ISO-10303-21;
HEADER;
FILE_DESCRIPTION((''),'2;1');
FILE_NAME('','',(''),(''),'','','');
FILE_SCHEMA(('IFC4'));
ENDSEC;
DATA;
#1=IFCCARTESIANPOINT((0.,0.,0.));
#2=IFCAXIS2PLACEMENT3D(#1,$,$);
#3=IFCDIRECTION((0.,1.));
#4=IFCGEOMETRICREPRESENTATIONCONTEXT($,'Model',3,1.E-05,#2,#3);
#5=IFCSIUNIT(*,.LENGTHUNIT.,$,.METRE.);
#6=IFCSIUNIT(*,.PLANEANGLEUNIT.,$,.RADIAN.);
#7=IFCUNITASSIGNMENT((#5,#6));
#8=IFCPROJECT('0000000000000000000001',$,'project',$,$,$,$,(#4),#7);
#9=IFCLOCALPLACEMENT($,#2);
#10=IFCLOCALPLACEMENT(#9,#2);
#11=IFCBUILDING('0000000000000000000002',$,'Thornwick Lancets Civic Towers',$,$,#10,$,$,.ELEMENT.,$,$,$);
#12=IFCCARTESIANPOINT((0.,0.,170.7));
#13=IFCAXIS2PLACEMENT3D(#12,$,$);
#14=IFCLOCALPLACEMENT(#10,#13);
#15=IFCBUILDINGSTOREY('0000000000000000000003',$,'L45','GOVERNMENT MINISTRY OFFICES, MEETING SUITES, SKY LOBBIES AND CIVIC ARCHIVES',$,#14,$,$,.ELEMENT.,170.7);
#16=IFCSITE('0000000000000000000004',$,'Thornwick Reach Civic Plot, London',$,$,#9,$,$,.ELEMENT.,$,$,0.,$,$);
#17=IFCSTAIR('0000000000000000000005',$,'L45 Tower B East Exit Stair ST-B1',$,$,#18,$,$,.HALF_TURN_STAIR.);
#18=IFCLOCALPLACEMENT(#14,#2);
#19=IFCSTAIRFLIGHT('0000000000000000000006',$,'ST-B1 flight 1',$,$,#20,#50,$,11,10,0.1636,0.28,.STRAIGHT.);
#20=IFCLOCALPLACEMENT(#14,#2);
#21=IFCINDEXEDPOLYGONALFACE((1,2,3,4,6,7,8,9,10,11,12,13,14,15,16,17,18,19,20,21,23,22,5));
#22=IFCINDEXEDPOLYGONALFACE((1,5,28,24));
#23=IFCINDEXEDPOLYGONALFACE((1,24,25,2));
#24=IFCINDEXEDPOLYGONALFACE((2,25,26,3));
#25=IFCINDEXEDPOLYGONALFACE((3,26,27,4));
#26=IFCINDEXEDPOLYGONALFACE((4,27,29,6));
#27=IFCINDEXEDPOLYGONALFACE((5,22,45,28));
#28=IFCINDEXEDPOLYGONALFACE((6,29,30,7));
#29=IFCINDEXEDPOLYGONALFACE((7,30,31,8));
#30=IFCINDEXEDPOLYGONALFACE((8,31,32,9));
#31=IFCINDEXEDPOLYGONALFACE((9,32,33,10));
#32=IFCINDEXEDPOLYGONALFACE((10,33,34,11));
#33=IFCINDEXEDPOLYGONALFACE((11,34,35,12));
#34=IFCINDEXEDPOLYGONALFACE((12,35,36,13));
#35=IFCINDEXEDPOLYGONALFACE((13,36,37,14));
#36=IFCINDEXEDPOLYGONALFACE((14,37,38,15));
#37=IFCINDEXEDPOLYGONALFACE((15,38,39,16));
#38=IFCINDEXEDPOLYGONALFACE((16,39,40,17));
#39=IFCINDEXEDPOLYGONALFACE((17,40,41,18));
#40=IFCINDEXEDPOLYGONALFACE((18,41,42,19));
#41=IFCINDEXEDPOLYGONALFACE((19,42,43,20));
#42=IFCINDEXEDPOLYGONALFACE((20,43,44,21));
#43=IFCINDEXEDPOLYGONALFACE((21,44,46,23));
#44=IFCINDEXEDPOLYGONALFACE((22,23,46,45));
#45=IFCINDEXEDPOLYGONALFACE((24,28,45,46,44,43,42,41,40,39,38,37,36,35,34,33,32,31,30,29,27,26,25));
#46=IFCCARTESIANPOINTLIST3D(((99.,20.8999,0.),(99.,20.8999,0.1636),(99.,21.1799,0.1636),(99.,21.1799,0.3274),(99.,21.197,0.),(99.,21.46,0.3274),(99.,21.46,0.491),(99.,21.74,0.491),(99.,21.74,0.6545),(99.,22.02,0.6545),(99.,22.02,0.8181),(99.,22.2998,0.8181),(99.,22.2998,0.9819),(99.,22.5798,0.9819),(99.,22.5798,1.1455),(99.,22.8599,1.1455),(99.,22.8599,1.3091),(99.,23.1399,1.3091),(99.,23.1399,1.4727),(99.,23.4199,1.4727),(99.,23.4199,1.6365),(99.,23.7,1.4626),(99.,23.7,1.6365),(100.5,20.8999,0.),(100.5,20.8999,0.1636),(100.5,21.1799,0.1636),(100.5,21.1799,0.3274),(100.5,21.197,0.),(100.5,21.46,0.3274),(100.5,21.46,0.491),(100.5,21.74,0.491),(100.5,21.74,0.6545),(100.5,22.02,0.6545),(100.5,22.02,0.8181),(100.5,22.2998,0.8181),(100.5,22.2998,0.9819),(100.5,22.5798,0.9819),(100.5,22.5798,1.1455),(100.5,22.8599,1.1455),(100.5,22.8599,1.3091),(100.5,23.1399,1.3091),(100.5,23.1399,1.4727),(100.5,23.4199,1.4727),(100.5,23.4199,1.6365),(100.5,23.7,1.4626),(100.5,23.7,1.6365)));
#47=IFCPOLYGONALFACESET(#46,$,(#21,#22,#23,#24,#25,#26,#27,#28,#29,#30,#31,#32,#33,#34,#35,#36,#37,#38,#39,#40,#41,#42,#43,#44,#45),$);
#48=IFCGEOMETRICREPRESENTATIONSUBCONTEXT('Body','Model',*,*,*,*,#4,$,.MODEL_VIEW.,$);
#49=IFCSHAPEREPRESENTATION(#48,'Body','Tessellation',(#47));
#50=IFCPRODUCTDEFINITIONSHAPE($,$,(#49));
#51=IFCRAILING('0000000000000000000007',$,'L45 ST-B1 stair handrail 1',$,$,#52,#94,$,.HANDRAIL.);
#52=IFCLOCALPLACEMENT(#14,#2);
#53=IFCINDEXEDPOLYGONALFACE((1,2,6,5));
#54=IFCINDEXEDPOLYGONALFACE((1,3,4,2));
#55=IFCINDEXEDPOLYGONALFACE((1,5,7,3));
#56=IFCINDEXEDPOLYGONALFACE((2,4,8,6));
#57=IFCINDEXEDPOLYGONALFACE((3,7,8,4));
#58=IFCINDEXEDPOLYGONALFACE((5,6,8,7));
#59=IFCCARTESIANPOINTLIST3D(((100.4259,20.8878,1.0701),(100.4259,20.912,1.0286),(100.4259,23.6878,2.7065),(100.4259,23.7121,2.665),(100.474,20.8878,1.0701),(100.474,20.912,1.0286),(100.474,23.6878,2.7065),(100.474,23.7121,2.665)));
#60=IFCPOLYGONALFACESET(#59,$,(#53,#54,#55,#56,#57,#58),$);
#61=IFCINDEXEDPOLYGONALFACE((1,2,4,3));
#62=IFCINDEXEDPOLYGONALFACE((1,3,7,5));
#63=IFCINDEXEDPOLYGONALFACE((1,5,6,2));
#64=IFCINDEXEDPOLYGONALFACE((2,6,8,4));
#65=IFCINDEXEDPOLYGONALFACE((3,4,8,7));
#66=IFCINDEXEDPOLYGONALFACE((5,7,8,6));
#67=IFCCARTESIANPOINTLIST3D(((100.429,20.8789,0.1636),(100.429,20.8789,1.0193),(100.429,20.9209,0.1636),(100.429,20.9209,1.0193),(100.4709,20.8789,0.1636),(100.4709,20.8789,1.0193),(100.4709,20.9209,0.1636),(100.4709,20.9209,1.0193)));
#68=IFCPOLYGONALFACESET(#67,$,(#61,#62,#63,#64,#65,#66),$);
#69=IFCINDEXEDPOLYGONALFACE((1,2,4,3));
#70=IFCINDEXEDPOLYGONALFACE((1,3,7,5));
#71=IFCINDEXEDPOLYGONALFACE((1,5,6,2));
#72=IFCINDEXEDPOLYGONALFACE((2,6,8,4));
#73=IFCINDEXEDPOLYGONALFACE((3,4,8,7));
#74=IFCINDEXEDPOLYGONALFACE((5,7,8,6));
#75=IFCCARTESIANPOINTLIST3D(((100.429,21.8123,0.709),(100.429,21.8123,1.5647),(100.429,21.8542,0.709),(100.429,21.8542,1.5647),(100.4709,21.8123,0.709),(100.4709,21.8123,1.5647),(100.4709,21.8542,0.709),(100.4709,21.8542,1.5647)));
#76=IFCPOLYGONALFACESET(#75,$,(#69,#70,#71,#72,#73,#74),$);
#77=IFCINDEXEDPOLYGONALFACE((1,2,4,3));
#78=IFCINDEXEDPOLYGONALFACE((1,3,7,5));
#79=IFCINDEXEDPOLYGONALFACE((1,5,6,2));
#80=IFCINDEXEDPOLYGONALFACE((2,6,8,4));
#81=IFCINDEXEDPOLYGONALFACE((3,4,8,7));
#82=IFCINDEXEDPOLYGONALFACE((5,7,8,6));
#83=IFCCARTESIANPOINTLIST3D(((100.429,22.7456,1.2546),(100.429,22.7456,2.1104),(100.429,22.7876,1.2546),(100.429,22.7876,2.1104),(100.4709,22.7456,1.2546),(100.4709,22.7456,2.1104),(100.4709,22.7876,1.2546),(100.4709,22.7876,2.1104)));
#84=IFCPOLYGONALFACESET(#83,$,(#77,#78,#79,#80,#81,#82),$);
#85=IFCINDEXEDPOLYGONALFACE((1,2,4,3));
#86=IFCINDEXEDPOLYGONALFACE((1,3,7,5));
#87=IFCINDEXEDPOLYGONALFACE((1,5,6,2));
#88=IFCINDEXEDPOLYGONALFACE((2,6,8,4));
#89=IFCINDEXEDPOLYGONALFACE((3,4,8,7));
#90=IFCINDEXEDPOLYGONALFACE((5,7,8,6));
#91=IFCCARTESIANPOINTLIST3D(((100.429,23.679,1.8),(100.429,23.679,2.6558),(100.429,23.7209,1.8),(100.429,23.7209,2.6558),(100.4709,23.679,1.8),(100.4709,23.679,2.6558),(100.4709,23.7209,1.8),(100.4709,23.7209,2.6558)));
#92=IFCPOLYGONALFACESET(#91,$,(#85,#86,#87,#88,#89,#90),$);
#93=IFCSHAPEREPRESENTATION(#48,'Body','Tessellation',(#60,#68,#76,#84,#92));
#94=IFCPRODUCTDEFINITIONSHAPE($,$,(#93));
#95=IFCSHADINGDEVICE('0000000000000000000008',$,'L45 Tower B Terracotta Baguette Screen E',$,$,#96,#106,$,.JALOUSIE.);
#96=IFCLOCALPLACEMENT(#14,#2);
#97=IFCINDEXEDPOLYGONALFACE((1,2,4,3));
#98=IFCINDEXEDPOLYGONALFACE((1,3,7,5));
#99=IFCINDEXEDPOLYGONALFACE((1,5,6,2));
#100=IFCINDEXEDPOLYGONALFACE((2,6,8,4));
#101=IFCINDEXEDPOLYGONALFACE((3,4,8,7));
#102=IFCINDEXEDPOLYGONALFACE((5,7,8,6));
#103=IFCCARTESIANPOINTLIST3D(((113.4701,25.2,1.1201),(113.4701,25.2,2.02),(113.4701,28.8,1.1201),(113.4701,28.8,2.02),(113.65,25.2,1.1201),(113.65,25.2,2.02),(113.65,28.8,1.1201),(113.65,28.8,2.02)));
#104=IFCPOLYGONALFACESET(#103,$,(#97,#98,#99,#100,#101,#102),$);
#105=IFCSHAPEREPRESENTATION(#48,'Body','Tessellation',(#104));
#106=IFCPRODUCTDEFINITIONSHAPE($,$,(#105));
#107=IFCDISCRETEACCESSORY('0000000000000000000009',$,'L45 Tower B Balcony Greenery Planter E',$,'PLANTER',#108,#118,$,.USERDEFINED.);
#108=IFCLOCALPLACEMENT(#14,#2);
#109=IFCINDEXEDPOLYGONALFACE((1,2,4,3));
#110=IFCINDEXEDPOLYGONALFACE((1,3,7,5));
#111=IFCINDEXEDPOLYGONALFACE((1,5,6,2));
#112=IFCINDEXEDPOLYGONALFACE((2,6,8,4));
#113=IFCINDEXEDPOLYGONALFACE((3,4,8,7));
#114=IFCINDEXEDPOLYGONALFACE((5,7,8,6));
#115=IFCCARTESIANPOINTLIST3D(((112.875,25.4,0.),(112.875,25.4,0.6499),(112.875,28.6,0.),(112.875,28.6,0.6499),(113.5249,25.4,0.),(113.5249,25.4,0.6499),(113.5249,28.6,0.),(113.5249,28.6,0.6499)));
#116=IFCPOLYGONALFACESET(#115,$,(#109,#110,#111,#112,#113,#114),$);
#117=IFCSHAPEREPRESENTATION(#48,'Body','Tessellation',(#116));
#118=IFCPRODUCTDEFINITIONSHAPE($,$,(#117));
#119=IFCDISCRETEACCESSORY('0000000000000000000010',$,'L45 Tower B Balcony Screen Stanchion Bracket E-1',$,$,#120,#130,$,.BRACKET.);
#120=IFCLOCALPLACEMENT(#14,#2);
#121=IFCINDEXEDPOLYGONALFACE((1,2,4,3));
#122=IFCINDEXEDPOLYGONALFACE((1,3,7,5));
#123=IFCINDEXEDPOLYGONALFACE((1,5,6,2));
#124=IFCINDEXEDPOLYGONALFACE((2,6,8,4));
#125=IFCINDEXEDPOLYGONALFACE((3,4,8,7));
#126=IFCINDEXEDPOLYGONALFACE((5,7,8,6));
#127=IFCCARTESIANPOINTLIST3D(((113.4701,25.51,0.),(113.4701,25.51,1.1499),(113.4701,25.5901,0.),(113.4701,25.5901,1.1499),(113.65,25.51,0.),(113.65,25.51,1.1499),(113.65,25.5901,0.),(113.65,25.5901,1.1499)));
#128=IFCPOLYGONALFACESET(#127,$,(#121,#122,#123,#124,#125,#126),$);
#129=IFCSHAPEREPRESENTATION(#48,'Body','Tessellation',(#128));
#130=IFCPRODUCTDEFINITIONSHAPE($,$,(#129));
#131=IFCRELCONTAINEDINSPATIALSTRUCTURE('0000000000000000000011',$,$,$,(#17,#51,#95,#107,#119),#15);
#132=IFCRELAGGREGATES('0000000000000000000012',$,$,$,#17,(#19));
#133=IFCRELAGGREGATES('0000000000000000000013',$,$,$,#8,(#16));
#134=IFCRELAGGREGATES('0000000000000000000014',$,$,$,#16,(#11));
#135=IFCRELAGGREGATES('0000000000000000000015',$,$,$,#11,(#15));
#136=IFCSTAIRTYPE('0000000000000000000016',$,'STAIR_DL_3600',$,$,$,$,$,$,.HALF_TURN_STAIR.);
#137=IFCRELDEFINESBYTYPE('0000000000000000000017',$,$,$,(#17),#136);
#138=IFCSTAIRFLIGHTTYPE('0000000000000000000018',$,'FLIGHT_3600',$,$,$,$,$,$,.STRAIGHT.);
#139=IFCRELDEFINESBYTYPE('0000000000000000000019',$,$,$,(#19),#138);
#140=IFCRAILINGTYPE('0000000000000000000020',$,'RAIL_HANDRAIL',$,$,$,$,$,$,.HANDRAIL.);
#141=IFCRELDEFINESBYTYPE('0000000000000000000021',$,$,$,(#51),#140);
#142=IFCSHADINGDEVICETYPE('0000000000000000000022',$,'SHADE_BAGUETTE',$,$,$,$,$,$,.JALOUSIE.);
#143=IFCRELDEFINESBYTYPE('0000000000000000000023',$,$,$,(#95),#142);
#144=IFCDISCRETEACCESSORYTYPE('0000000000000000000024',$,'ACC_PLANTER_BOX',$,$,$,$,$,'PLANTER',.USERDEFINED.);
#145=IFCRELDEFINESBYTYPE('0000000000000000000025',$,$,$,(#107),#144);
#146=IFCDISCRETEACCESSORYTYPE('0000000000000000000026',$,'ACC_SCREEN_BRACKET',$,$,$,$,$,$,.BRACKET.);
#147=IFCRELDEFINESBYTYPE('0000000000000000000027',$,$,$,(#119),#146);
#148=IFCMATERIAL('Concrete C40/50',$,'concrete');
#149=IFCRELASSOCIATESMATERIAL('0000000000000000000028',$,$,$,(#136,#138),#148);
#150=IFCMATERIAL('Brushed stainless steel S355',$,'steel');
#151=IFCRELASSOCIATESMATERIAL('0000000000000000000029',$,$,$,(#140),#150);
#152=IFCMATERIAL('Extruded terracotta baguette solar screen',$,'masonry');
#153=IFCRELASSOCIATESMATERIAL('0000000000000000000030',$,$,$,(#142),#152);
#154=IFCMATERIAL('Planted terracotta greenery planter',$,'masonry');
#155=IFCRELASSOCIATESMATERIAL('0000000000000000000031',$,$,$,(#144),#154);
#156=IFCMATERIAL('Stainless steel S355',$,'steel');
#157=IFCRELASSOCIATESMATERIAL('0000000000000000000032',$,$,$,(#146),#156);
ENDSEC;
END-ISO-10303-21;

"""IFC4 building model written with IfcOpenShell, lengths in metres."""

from ifc_helpers import new_model, si_unit, direction, frame, origin, origin_2d, place, context, subcontext, project, spatial, polyline, rectangle, outline, extrude, material, type_object, element, aggregate, save


model = new_model("IFC4")

# Units and contexts
model_context = context("Model", 3, precision=1e-05, world=origin(), true_north=direction((0.0, 1.0)))
body_context = subcontext(model_context, "Body", "Model", "MODEL_VIEW")
ifc_project = project(units=[si_unit("LENGTHUNIT", "METRE"), si_unit("PLANEANGLEUNIT", "RADIAN")], contexts=[model_context])

# Site, building, storey
site_placement = place(None, origin())
site = spatial("IfcSite", under=ifc_project, at=site_placement, Name="Thornwick Reach Civic Plot, London", CompositionType="ELEMENT", RefElevation=0.0)
building_placement = place(site_placement, origin())
building = spatial("IfcBuilding", under=site, at=building_placement, Name="Thornwick Lancets Civic Towers", CompositionType="ELEMENT")
storey_placement = place(building_placement, frame((0.0, 0.0, 170.7)))
storey = spatial("IfcBuildingStorey", under=building, at=storey_placement, Name="L45", Description="GOVERNMENT MINISTRY OFFICES, MEETING SUITES, SKY LOBBIES AND CIVIC ARCHIVES", CompositionType="ELEMENT", Elevation=170.7)

# Shared definitions
ifc_material_1 = material(Name="Concrete C40/50", Category="concrete")

# Stair, stair flight
stair_type = type_object("IfcStairType", Name="STAIR_DL_3600", PredefinedType="HALF_TURN_STAIR", material=ifc_material_1)
stair_placement = place(storey_placement, origin())
stair = element("IfcStair", 1, at=stair_placement, inside=storey, type_object=stair_type, Name="L45 Tower B East Exit Stair ST-B1", PredefinedType="HALF_TURN_STAIR")
stair_flight_type = type_object("IfcStairFlightType", Name="FLIGHT_3600", PredefinedType="STRAIGHT", material=ifc_material_1)
stair_flight_placement = place(storey_placement, frame((99.75, 20.8999, 0.0), z_axis=(0.0, 0.0, 1.0), x_axis=(0.0, 1.0, 0.0)))
stair_flight = element("IfcStairFlight", 2, at=stair_flight_placement, type_object=stair_flight_type, Name="ST-B1 flight 1", NumberOfRisers=11, NumberOfTreads=10, PredefinedType="STRAIGHT", RiserHeight=0.1636, TreadLength=0.28, context=body_context, shape_type="SweptSolid", body=[
    extrude(outline(polyline([(0.0, 0.0), (0.0, 0.1636), (0.28, 0.1636), (0.28, 0.3274), (0.5601, 0.3274), (0.5601, 0.491), (0.8401, 0.491), (0.8401, 0.6545), (1.1201, 0.6545), (1.1201, 0.8181), (1.3999, 0.8181), (1.3999, 0.9819), (1.6799, 0.9819), (1.6799, 1.1455), (1.96, 1.1455), (1.96, 1.3091), (2.24, 1.3091), (2.24, 1.4727), (2.52, 1.4727), (2.52, 1.6365), (2.8, 1.6365), (2.8, 1.8), (2.8, 1.4626), (0.2971, 0.0), (0.0, 0.0)])), frame((0.0, 0.75, 0.0), z_axis=(0.0, -1.0, 0.0), x_axis=(1.0, 0.0, 0.0)), (0.0, 0.0, 1.0), 1.5),
])
aggregate(stair, [stair_flight])

# Railing
ifc_material_2 = material(Name="Brushed stainless steel S355", Category="steel")
railing_type = type_object("IfcRailingType", Name="RAIL_HANDRAIL", PredefinedType="HANDRAIL", material=ifc_material_2)
railing_placement = place(storey_placement, frame((100.45, 20.8999, 0.1636)))
element("IfcRailing", 3, at=railing_placement, inside=storey, type_object=railing_type, Name="L45 ST-B1 stair handrail 1", PredefinedType="HANDRAIL", context=body_context, shape_type="SweptSolid", body=[
    extrude(rectangle(XDim=0.0481, YDim=0.0481, at=origin_2d()), frame((0.0, 0.0, 0.8857), z_axis=(0.0, 0.863361, 0.504587), x_axis=(-1.0, 0.0, 0.0)), (0.0, 0.0, 1.0), 3.2432),
    extrude(rectangle(XDim=0.042, YDim=0.042, at=origin_2d()), origin(), (0.0, 0.0, 1.0), 0.8557),
    extrude(rectangle(XDim=0.042, YDim=0.042, at=origin_2d()), frame((0.0, 0.9333, 0.5454)), (0.0, 0.0, 1.0), 0.8557),
    extrude(rectangle(XDim=0.042, YDim=0.042, at=origin_2d()), frame((0.0, 1.8667, 1.0911)), (0.0, 0.0, 1.0), 0.8557),
    extrude(rectangle(XDim=0.042, YDim=0.042, at=origin_2d()), frame((0.0, 2.8, 1.6365)), (0.0, 0.0, 1.0), 0.8557),
])

# Shading device
ifc_material_3 = material(Name="Extruded terracotta baguette solar screen", Category="masonry")
shading_device_type = type_object("IfcShadingDeviceType", Name="SHADE_BAGUETTE", PredefinedType="JALOUSIE", material=ifc_material_3)
shading_device_placement = place(storey_placement, frame((113.5601, 27.0, 1.1201), z_axis=(0.0, 0.0, 1.0), x_axis=(0.0, 1.0, 0.0)))
element("IfcShadingDevice", 4, at=shading_device_placement, inside=storey, type_object=shading_device_type, Name="L45 Tower B Terracotta Baguette Screen E", PredefinedType="JALOUSIE", context=body_context, shape_type="SweptSolid", body=[
    extrude(rectangle(XDim=3.6001, YDim=0.1799, at=origin_2d()), origin(), (0.0, 0.0, 1.0), 0.8999),
])

# Discrete accessories
ifc_material_4 = material(Name="Planted terracotta greenery planter", Category="masonry")
discrete_accessory_type_1 = type_object("IfcDiscreteAccessoryType", Name="ACC_PLANTER_BOX", ElementType="PLANTER", PredefinedType="USERDEFINED", material=ifc_material_4)
discrete_accessory_1_placement = place(storey_placement, frame((113.2, 27.0, 0.0), z_axis=(0.0, 0.0, 1.0), x_axis=(1.0, 0.0, 0.0)))
element("IfcDiscreteAccessory", 5, at=discrete_accessory_1_placement, inside=storey, type_object=discrete_accessory_type_1, Name="L45 Tower B Balcony Greenery Planter E", ObjectType="PLANTER", PredefinedType="USERDEFINED", context=body_context, shape_type="SweptSolid", body=[
    extrude(rectangle(XDim=0.6499, YDim=3.2, at=origin_2d()), origin(), (0.0, 0.0, 1.0), 0.6499),
])
ifc_material_5 = material(Name="Stainless steel S355", Category="steel")
discrete_accessory_type_2 = type_object("IfcDiscreteAccessoryType", Name="ACC_SCREEN_BRACKET", PredefinedType="BRACKET", material=ifc_material_5)
discrete_accessory_2_placement = place(storey_placement, frame((113.5601, 25.55, 0.0), z_axis=(0.0, 0.0, 1.0), x_axis=(0.0, 1.0, 0.0)))
element("IfcDiscreteAccessory", 6, at=discrete_accessory_2_placement, inside=storey, type_object=discrete_accessory_type_2, Name="L45 Tower B Balcony Screen Stanchion Bracket E-1", PredefinedType="BRACKET", context=body_context, shape_type="SweptSolid", body=[
    extrude(rectangle(XDim=0.0801, YDim=0.1799, at=origin_2d()), origin(), (0.0, 0.0, 1.0), 1.1499),
])

save(model, "model.ifc")
